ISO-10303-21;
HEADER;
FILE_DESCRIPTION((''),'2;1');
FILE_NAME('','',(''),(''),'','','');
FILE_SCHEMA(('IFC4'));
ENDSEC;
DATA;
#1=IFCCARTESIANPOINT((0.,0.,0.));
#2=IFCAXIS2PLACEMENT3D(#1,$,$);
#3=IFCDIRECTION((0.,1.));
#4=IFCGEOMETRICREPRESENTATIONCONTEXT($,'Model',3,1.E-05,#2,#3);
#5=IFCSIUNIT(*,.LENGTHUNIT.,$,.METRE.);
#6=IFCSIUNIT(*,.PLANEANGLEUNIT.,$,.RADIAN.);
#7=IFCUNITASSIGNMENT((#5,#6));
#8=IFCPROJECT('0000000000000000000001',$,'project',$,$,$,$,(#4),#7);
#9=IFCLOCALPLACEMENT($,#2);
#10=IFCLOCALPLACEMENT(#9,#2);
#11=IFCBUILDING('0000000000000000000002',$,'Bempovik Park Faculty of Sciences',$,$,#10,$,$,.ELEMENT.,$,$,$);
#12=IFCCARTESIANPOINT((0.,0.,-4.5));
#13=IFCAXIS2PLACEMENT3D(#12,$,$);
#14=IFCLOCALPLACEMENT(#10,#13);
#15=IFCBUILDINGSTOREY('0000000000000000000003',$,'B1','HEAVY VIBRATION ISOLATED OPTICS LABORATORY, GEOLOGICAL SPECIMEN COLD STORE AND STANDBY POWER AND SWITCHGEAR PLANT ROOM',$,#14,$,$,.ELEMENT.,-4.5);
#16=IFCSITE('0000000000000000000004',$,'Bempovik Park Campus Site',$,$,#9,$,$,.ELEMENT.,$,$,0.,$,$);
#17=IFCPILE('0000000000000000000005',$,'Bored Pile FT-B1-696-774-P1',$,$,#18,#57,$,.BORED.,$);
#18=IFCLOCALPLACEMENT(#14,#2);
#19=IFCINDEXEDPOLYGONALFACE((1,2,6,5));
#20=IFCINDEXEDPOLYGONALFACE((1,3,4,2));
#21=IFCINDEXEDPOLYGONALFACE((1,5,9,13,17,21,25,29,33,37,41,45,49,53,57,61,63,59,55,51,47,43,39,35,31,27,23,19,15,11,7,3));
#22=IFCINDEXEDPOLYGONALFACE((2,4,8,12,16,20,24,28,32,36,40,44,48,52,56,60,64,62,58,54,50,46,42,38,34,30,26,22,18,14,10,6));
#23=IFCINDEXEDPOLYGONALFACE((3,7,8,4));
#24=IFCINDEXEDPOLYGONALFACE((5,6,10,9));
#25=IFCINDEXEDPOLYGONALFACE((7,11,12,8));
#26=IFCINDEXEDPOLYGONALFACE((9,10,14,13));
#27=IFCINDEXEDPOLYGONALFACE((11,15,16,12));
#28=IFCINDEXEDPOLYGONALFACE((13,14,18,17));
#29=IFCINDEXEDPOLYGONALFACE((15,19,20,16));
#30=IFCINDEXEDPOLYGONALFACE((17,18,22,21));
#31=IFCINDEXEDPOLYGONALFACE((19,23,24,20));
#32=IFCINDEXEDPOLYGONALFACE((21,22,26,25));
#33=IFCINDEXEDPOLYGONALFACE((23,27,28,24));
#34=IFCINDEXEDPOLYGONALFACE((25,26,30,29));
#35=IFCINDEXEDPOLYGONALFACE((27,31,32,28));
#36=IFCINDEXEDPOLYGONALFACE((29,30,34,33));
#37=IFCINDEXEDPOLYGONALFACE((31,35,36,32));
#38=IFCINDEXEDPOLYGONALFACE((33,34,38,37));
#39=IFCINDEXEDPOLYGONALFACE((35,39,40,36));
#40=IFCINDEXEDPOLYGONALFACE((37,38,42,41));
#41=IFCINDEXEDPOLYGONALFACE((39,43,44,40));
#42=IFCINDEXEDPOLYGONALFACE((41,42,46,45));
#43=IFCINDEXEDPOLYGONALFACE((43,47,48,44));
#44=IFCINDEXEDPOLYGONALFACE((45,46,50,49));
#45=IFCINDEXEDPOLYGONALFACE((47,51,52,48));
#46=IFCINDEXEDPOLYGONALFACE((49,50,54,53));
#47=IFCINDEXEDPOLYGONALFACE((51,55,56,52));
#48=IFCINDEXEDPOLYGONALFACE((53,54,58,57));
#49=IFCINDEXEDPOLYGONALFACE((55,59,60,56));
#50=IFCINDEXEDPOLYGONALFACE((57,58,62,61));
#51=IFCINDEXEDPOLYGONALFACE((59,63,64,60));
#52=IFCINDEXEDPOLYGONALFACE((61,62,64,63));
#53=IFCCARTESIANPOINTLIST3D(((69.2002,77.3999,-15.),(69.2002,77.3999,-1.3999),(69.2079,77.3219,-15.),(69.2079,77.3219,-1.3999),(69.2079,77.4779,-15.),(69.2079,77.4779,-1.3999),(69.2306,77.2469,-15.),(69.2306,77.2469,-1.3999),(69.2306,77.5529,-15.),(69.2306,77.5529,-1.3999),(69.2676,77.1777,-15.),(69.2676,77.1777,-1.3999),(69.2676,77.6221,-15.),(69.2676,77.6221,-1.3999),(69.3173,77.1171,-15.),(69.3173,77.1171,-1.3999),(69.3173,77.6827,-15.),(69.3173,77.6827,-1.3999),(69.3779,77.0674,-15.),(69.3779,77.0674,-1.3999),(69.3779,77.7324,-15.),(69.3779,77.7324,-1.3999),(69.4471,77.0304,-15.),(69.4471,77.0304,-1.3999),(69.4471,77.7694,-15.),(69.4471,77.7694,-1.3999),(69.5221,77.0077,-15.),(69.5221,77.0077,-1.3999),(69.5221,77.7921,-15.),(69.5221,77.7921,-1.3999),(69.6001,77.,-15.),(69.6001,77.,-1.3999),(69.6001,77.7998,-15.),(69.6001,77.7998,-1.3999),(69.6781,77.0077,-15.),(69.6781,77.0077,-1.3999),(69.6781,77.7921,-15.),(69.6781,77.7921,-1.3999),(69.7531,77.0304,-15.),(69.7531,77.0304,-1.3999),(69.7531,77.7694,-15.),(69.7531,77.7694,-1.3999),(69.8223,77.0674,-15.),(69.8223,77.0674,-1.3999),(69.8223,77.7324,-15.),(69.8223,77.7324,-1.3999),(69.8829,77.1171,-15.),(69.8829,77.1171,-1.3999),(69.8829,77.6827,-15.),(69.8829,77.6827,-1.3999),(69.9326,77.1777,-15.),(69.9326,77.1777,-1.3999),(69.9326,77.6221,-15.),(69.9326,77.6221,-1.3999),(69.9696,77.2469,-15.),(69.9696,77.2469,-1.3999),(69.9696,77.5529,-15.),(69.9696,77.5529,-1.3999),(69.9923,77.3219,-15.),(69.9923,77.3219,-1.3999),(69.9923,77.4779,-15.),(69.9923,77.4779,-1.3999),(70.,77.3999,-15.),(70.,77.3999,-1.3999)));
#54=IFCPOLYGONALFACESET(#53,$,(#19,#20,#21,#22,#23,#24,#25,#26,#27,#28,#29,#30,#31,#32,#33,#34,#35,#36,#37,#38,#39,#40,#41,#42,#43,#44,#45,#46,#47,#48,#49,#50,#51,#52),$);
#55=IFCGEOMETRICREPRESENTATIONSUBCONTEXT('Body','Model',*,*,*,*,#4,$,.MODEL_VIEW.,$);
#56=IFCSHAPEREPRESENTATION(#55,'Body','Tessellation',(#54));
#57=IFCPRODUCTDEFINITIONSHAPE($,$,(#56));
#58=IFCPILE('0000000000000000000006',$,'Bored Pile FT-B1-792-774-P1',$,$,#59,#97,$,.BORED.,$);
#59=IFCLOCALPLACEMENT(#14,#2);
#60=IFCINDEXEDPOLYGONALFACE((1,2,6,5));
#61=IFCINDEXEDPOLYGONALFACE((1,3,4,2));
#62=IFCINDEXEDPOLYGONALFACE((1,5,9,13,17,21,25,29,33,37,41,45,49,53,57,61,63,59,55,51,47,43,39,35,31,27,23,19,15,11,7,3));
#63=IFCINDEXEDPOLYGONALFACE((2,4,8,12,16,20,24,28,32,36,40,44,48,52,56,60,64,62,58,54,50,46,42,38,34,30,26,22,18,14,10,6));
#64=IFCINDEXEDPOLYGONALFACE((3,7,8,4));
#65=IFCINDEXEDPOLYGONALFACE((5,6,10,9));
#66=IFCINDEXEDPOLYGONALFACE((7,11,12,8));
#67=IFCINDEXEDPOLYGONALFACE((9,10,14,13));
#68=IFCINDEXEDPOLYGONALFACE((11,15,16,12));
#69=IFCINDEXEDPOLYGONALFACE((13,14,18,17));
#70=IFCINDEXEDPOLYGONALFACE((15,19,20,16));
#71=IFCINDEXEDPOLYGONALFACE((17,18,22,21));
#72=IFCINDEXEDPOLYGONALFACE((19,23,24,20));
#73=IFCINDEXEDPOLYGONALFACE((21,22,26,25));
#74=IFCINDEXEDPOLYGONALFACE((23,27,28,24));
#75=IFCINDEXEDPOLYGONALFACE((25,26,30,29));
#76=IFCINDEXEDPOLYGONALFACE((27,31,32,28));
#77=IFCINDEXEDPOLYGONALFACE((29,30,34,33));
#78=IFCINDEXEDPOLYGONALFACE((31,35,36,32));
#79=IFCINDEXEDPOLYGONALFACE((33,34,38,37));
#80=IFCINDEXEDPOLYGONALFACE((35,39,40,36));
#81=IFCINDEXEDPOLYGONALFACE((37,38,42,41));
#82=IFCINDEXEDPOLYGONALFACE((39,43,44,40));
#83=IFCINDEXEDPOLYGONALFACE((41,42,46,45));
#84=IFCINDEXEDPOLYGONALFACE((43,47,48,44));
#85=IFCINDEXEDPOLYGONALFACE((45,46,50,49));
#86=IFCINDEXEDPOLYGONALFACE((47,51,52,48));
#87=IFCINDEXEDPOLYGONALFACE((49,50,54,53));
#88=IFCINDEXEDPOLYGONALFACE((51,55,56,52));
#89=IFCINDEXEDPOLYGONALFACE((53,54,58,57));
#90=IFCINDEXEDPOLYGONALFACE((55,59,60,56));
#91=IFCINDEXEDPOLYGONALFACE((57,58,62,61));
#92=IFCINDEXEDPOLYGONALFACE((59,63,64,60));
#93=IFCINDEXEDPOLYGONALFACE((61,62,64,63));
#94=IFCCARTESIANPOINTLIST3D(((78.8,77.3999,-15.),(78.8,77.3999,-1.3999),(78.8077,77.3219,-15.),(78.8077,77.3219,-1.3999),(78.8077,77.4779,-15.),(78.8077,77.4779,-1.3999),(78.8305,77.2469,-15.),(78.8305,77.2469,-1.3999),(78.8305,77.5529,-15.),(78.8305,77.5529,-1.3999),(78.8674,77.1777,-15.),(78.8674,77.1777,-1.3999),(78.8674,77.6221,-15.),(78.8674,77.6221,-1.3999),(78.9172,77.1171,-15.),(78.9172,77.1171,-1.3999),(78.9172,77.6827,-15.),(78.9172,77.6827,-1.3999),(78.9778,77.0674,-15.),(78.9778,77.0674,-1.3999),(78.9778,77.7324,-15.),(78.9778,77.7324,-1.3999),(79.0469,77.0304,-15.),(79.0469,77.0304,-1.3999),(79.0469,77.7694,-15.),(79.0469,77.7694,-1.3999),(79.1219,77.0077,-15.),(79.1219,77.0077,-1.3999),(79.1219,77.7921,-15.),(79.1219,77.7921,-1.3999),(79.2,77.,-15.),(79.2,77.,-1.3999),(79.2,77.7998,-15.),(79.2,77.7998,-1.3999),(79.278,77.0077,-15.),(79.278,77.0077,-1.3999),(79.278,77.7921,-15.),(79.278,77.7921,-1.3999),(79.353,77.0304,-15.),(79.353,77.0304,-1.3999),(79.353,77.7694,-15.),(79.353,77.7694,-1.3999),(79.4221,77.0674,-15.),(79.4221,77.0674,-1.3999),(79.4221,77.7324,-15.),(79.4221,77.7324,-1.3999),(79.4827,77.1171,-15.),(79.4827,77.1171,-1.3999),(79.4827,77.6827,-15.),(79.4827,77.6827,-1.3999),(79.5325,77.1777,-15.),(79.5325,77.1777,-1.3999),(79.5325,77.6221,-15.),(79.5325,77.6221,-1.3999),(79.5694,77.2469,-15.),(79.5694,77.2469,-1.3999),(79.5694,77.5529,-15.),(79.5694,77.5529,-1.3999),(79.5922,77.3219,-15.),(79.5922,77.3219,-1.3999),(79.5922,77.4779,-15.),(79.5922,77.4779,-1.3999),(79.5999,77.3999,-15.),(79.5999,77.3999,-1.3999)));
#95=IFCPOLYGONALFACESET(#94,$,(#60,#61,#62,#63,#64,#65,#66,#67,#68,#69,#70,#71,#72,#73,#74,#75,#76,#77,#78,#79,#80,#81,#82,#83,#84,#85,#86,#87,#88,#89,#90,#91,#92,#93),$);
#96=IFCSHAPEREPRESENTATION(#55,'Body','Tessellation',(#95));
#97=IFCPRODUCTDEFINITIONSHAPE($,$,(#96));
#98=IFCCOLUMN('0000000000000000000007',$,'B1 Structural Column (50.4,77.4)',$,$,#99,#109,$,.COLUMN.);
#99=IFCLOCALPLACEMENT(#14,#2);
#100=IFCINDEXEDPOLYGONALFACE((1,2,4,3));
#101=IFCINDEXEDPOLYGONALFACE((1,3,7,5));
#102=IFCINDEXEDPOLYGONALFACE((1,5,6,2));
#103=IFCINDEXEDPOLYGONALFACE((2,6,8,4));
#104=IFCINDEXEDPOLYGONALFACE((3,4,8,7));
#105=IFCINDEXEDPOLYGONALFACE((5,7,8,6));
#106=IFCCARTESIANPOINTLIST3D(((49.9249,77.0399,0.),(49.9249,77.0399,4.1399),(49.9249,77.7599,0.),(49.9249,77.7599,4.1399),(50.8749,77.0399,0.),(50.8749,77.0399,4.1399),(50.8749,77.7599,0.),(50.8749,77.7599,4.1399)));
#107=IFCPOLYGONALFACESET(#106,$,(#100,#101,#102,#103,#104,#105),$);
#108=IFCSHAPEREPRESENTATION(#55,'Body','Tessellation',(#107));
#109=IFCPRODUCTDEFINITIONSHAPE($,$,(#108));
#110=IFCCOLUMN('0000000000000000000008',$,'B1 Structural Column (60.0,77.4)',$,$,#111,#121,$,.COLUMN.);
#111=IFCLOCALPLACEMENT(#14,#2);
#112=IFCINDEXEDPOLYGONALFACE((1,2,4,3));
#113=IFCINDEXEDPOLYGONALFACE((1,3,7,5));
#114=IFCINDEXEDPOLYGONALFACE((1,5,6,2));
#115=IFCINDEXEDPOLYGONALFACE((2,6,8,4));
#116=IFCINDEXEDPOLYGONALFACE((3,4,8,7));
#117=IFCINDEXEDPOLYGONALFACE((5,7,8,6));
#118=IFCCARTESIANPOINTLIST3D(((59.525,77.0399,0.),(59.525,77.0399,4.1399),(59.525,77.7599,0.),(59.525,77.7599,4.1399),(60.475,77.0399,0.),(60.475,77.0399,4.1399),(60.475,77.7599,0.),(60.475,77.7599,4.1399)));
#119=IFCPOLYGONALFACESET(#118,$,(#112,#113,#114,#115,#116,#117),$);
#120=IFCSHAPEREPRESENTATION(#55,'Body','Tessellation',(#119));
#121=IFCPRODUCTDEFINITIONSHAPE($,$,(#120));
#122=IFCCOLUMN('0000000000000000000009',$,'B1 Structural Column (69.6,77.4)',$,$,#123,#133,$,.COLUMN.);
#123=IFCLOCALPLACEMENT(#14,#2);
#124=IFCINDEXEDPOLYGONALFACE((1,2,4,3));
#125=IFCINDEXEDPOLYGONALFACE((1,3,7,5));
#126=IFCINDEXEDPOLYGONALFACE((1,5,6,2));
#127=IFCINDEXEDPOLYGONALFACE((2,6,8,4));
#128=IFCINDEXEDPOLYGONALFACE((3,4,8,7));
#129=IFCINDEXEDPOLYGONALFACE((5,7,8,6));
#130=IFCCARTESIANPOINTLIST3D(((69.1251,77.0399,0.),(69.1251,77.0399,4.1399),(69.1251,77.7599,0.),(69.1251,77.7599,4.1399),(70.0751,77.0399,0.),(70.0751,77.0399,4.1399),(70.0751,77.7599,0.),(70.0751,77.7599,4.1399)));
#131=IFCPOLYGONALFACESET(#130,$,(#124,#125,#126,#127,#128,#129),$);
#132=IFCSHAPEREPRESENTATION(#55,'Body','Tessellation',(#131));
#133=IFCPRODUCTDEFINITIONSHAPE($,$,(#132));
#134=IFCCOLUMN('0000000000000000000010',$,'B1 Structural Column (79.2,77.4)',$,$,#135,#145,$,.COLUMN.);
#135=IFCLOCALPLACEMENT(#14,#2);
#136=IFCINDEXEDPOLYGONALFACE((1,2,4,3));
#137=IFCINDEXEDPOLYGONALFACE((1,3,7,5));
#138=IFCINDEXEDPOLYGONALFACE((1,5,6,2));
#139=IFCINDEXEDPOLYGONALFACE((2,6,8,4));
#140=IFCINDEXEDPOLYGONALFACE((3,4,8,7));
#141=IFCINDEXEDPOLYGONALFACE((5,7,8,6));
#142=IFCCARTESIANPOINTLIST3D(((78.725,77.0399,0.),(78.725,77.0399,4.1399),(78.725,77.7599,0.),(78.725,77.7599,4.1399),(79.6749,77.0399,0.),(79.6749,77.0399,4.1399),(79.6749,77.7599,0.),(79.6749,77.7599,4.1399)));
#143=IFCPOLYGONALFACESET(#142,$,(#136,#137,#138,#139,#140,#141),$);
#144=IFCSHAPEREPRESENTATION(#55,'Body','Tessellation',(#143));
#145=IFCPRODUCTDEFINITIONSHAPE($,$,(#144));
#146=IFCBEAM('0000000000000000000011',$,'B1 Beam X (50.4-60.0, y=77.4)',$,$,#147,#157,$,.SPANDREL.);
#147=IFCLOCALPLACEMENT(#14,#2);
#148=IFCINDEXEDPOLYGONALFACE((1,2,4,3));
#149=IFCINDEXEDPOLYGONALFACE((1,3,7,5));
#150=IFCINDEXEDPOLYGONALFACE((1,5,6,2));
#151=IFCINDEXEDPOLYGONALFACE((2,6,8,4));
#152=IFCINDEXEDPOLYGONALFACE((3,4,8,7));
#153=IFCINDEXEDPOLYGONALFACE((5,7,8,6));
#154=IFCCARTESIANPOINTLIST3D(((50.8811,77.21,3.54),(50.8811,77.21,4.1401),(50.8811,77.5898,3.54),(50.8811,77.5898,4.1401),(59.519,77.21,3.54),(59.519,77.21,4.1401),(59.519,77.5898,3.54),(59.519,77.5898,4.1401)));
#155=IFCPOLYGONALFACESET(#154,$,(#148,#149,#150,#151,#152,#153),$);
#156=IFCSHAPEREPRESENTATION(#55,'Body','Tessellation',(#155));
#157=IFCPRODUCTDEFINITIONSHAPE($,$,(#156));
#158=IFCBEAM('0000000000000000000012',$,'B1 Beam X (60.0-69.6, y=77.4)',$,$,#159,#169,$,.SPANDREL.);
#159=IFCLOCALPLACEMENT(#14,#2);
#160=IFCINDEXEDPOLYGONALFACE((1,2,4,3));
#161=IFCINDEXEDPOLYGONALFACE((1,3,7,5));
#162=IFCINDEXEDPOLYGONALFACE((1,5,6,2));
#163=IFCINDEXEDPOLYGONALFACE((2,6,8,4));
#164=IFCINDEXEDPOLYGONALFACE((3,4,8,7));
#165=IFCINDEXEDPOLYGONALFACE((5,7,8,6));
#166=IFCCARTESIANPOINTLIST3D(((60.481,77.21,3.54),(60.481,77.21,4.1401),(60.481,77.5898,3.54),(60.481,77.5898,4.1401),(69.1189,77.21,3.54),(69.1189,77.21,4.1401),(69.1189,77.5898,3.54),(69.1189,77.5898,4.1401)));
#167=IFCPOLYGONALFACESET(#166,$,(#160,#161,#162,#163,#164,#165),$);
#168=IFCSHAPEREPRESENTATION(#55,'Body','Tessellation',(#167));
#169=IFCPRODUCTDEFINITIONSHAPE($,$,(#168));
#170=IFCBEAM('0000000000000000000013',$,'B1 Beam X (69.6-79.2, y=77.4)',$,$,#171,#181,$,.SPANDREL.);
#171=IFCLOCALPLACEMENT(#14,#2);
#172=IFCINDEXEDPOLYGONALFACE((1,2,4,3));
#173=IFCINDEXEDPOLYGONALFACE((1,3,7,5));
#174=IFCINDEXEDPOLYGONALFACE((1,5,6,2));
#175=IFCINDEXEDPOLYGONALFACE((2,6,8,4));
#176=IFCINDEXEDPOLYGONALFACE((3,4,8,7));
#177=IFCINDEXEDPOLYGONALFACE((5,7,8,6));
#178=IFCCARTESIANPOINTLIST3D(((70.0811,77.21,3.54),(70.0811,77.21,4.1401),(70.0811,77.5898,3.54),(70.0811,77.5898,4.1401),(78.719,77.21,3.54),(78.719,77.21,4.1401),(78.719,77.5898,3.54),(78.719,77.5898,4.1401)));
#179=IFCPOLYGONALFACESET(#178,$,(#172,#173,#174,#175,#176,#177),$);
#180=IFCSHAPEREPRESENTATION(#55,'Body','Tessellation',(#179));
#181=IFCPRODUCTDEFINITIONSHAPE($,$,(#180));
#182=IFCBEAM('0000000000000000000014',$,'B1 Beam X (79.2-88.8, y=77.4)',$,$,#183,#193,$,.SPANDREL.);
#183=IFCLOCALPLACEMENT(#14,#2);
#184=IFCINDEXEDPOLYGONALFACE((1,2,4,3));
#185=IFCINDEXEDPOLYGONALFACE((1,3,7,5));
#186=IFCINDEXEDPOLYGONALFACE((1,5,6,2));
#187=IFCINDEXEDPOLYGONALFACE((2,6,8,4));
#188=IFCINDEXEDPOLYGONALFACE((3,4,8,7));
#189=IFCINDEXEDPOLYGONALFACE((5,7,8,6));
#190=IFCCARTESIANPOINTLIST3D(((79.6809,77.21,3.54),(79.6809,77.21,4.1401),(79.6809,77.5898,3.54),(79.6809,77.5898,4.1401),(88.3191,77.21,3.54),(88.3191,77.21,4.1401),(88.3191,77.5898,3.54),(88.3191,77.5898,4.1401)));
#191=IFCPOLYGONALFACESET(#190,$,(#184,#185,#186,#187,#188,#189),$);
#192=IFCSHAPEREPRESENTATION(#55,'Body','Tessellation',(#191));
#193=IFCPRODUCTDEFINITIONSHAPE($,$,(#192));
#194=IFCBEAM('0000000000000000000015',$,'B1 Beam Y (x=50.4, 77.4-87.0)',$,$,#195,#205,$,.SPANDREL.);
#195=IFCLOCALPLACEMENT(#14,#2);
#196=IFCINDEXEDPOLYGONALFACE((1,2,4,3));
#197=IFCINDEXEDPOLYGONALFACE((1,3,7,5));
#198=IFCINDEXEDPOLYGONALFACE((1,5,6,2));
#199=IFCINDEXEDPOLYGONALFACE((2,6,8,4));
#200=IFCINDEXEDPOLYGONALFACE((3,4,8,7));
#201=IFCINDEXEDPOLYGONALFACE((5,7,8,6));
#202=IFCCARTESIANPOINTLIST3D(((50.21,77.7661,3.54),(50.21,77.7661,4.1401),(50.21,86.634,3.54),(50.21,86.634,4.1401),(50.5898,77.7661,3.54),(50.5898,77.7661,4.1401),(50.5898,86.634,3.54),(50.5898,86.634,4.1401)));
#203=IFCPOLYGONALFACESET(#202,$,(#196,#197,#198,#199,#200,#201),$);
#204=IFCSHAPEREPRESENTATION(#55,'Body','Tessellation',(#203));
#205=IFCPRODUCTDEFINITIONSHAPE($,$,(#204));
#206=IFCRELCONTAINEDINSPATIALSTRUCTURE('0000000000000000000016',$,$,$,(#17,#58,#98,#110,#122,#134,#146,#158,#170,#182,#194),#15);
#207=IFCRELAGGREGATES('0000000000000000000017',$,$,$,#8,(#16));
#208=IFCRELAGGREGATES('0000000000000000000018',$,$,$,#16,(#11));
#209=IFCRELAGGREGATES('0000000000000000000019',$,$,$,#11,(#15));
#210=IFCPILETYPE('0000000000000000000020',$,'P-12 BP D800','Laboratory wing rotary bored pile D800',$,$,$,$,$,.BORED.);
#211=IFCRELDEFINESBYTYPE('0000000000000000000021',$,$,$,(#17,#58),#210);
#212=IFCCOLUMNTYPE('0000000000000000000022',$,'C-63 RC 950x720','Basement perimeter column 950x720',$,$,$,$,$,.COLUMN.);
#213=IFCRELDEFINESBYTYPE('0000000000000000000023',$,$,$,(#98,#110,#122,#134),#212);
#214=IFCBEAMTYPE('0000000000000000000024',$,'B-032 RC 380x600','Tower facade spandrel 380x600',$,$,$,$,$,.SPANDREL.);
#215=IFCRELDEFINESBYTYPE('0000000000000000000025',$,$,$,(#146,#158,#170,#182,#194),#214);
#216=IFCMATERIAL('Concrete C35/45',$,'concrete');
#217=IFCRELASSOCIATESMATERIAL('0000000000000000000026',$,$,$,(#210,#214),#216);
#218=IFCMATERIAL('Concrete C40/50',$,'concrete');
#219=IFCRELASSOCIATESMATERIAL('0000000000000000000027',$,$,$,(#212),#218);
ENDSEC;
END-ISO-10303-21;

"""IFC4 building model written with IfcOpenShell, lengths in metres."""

from ifc_helpers import new_model, si_unit, direction, frame, origin, origin_2d, place, context, subcontext, project, spatial, rectangle, circle, extrude, material, material_profile, profile_set, type_object, element, save


model = new_model("IFC4")

# Units and contexts
model_context = context("Model", 3, precision=1e-05, world=origin(), true_north=direction((0.0, 1.0)))
body_context = subcontext(model_context, "Body", "Model", "MODEL_VIEW")
ifc_project = project(units=[si_unit("LENGTHUNIT", "METRE"), si_unit("PLANEANGLEUNIT", "RADIAN")], contexts=[model_context])

# Site, building, storey
site_placement = place(None, origin())
site = spatial("IfcSite", under=ifc_project, at=site_placement, Name="Bempovik Park Campus Site", CompositionType="ELEMENT", RefElevation=0.0)
building_placement = place(site_placement, origin())
building = spatial("IfcBuilding", under=site, at=building_placement, Name="Bempovik Park Faculty of Sciences", CompositionType="ELEMENT")
storey_placement = place(building_placement, frame((0.0, 0.0, -4.5)))
storey = spatial("IfcBuildingStorey", under=building, at=storey_placement, Name="B1", Description="HEAVY VIBRATION ISOLATED OPTICS LABORATORY, GEOLOGICAL SPECIMEN COLD STORE AND STANDBY POWER AND SWITCHGEAR PLANT ROOM", CompositionType="ELEMENT", Elevation=-4.5)

# Shared definitions
ifc_material_1 = material(Name="Concrete C35/45", Category="concrete")

# Piles
ifc_material_profile_1 = material_profile(ifc_material_1, circle(Radius=0.3999, at=origin_2d()), Name="BP D800")
ifc_profile_set_1 = profile_set([ifc_material_profile_1], Name="Concrete C35/45")
pile_type = type_object("IfcPileType", Name="P-12 BP D800", Description="Laboratory wing rotary bored pile D800", PredefinedType="BORED", material=ifc_profile_set_1)
for number, where, z_axis, x_axis, name in (
    (1, (69.6001, 77.3999, -1.3999), (0.0, 0.0, -1.0), (1.0, 0.0, 0.0), "Bored Pile FT-B1-696-774-P1"),
    (2, (79.2, 77.3999, -1.3999), (0.0, 0.0, -1.0), (1.0, 0.0, 0.0), "Bored Pile FT-B1-792-774-P1"),
):
    element("IfcPile", number, at=place(storey_placement, frame(where, z_axis=z_axis, x_axis=x_axis)), inside=storey, type_object=pile_type, Name=name, PredefinedType="BORED", context=body_context, shape_type="SweptSolid", body=[
        extrude(circle(Radius=0.3999, at=origin_2d()), origin(), (0.0, 0.0, 1.0), 13.6001),
    ])

# Columns
ifc_material_2 = material(Name="Concrete C40/50", Category="concrete")
ifc_material_profile_2 = material_profile(ifc_material_2, rectangle(XDim=0.95, YDim=0.72, at=origin_2d()), Name="RC 950x720")
ifc_profile_set_2 = profile_set([ifc_material_profile_2], Name="Concrete C40/50")
column_type = type_object("IfcColumnType", Name="C-63 RC 950x720", Description="Basement perimeter column 950x720", PredefinedType="COLUMN", material=ifc_profile_set_2)
for number, where, z_axis, x_axis, name in (
    (3, (50.3999, 77.3999, 0.0), (0.0, 0.0, 1.0), (1.0, 0.0, 0.0), "B1 Structural Column (50.4,77.4)"),
    (4, (60.0, 77.3999, 0.0), (0.0, 0.0, 1.0), (1.0, 0.0, 0.0), "B1 Structural Column (60.0,77.4)"),
    (5, (69.6001, 77.3999, 0.0), (0.0, 0.0, 1.0), (1.0, 0.0, 0.0), "B1 Structural Column (69.6,77.4)"),
    (6, (79.2, 77.3999, 0.0), (0.0, 0.0, 1.0), (1.0, 0.0, 0.0), "B1 Structural Column (79.2,77.4)"),
):
    element("IfcColumn", number, at=place(storey_placement, frame(where, z_axis=z_axis, x_axis=x_axis)), inside=storey, type_object=column_type, Name=name, PredefinedType="COLUMN", context=body_context, shape_type="SweptSolid", body=[
        extrude(rectangle(XDim=0.95, YDim=0.72, at=origin_2d()), origin(), (0.0, 0.0, 1.0), 4.1399),
    ])

# Beams
ifc_material_profile_3 = material_profile(ifc_material_1, rectangle(XDim=0.3799, YDim=0.6001, at=origin_2d()), Name="RC 380x600")
ifc_profile_set_3 = profile_set([ifc_material_profile_3], Name="Concrete C35/45")
beam_type_1 = type_object("IfcBeamType", Name="B-032 RC 380x600", Description="Tower facade spandrel 380x600", PredefinedType="SPANDREL", material=ifc_profile_set_3)
for number, where, z_axis, x_axis, name in (
    (7, (50.8811, 77.3999, 3.8401), (1.0, 0.0, 0.0), (0.0, 1.0, 0.0), "B1 Beam X (50.4-60.0, y=77.4)"),
    (8, (60.481, 77.3999, 3.8401), (1.0, 0.0, 0.0), (0.0, 1.0, 0.0), "B1 Beam X (60.0-69.6, y=77.4)"),
    (9, (70.0811, 77.3999, 3.8401), (1.0, 0.0, 0.0), (0.0, 1.0, 0.0), "B1 Beam X (69.6-79.2, y=77.4)"),
):
    element("IfcBeam", number, at=place(storey_placement, frame(where, z_axis=z_axis, x_axis=x_axis)), inside=storey, type_object=beam_type_1, Name=name, PredefinedType="SPANDREL", context=body_context, shape_type="SweptSolid", body=[
        extrude(rectangle(XDim=0.3799, YDim=0.6001, at=origin_2d()), origin(), (0.0, 0.0, 1.0), 8.6379),
    ])
beam_1_placement = place(storey_placement, frame((79.6809, 77.3999, 3.8401), z_axis=(1.0, 0.0, 0.0), x_axis=(0.0, 1.0, 0.0)))
element("IfcBeam", 10, at=beam_1_placement, inside=storey, type_object=beam_type_1, Name="B1 Beam X (79.2-88.8, y=77.4)", PredefinedType="SPANDREL", context=body_context, shape_type="SweptSolid", body=[
    extrude(rectangle(XDim=0.3799, YDim=0.6001, at=origin_2d()), origin(), (0.0, 0.0, 1.0), 8.6382),
])
beam_2_placement = place(storey_placement, frame((50.3999, 77.7661, 3.8401), z_axis=(0.0, 1.0, 0.0), x_axis=(-1.0, 0.0, 0.0)))
element("IfcBeam", 11, at=beam_2_placement, inside=storey, type_object=beam_type_1, Name="B1 Beam Y (x=50.4, 77.4-87.0)", PredefinedType="SPANDREL", context=body_context, shape_type="SweptSolid", body=[
    extrude(rectangle(XDim=0.3799, YDim=0.6001, at=origin_2d()), origin(), (0.0, 0.0, 1.0), 8.8679),
])

save(model, "model.ifc")
